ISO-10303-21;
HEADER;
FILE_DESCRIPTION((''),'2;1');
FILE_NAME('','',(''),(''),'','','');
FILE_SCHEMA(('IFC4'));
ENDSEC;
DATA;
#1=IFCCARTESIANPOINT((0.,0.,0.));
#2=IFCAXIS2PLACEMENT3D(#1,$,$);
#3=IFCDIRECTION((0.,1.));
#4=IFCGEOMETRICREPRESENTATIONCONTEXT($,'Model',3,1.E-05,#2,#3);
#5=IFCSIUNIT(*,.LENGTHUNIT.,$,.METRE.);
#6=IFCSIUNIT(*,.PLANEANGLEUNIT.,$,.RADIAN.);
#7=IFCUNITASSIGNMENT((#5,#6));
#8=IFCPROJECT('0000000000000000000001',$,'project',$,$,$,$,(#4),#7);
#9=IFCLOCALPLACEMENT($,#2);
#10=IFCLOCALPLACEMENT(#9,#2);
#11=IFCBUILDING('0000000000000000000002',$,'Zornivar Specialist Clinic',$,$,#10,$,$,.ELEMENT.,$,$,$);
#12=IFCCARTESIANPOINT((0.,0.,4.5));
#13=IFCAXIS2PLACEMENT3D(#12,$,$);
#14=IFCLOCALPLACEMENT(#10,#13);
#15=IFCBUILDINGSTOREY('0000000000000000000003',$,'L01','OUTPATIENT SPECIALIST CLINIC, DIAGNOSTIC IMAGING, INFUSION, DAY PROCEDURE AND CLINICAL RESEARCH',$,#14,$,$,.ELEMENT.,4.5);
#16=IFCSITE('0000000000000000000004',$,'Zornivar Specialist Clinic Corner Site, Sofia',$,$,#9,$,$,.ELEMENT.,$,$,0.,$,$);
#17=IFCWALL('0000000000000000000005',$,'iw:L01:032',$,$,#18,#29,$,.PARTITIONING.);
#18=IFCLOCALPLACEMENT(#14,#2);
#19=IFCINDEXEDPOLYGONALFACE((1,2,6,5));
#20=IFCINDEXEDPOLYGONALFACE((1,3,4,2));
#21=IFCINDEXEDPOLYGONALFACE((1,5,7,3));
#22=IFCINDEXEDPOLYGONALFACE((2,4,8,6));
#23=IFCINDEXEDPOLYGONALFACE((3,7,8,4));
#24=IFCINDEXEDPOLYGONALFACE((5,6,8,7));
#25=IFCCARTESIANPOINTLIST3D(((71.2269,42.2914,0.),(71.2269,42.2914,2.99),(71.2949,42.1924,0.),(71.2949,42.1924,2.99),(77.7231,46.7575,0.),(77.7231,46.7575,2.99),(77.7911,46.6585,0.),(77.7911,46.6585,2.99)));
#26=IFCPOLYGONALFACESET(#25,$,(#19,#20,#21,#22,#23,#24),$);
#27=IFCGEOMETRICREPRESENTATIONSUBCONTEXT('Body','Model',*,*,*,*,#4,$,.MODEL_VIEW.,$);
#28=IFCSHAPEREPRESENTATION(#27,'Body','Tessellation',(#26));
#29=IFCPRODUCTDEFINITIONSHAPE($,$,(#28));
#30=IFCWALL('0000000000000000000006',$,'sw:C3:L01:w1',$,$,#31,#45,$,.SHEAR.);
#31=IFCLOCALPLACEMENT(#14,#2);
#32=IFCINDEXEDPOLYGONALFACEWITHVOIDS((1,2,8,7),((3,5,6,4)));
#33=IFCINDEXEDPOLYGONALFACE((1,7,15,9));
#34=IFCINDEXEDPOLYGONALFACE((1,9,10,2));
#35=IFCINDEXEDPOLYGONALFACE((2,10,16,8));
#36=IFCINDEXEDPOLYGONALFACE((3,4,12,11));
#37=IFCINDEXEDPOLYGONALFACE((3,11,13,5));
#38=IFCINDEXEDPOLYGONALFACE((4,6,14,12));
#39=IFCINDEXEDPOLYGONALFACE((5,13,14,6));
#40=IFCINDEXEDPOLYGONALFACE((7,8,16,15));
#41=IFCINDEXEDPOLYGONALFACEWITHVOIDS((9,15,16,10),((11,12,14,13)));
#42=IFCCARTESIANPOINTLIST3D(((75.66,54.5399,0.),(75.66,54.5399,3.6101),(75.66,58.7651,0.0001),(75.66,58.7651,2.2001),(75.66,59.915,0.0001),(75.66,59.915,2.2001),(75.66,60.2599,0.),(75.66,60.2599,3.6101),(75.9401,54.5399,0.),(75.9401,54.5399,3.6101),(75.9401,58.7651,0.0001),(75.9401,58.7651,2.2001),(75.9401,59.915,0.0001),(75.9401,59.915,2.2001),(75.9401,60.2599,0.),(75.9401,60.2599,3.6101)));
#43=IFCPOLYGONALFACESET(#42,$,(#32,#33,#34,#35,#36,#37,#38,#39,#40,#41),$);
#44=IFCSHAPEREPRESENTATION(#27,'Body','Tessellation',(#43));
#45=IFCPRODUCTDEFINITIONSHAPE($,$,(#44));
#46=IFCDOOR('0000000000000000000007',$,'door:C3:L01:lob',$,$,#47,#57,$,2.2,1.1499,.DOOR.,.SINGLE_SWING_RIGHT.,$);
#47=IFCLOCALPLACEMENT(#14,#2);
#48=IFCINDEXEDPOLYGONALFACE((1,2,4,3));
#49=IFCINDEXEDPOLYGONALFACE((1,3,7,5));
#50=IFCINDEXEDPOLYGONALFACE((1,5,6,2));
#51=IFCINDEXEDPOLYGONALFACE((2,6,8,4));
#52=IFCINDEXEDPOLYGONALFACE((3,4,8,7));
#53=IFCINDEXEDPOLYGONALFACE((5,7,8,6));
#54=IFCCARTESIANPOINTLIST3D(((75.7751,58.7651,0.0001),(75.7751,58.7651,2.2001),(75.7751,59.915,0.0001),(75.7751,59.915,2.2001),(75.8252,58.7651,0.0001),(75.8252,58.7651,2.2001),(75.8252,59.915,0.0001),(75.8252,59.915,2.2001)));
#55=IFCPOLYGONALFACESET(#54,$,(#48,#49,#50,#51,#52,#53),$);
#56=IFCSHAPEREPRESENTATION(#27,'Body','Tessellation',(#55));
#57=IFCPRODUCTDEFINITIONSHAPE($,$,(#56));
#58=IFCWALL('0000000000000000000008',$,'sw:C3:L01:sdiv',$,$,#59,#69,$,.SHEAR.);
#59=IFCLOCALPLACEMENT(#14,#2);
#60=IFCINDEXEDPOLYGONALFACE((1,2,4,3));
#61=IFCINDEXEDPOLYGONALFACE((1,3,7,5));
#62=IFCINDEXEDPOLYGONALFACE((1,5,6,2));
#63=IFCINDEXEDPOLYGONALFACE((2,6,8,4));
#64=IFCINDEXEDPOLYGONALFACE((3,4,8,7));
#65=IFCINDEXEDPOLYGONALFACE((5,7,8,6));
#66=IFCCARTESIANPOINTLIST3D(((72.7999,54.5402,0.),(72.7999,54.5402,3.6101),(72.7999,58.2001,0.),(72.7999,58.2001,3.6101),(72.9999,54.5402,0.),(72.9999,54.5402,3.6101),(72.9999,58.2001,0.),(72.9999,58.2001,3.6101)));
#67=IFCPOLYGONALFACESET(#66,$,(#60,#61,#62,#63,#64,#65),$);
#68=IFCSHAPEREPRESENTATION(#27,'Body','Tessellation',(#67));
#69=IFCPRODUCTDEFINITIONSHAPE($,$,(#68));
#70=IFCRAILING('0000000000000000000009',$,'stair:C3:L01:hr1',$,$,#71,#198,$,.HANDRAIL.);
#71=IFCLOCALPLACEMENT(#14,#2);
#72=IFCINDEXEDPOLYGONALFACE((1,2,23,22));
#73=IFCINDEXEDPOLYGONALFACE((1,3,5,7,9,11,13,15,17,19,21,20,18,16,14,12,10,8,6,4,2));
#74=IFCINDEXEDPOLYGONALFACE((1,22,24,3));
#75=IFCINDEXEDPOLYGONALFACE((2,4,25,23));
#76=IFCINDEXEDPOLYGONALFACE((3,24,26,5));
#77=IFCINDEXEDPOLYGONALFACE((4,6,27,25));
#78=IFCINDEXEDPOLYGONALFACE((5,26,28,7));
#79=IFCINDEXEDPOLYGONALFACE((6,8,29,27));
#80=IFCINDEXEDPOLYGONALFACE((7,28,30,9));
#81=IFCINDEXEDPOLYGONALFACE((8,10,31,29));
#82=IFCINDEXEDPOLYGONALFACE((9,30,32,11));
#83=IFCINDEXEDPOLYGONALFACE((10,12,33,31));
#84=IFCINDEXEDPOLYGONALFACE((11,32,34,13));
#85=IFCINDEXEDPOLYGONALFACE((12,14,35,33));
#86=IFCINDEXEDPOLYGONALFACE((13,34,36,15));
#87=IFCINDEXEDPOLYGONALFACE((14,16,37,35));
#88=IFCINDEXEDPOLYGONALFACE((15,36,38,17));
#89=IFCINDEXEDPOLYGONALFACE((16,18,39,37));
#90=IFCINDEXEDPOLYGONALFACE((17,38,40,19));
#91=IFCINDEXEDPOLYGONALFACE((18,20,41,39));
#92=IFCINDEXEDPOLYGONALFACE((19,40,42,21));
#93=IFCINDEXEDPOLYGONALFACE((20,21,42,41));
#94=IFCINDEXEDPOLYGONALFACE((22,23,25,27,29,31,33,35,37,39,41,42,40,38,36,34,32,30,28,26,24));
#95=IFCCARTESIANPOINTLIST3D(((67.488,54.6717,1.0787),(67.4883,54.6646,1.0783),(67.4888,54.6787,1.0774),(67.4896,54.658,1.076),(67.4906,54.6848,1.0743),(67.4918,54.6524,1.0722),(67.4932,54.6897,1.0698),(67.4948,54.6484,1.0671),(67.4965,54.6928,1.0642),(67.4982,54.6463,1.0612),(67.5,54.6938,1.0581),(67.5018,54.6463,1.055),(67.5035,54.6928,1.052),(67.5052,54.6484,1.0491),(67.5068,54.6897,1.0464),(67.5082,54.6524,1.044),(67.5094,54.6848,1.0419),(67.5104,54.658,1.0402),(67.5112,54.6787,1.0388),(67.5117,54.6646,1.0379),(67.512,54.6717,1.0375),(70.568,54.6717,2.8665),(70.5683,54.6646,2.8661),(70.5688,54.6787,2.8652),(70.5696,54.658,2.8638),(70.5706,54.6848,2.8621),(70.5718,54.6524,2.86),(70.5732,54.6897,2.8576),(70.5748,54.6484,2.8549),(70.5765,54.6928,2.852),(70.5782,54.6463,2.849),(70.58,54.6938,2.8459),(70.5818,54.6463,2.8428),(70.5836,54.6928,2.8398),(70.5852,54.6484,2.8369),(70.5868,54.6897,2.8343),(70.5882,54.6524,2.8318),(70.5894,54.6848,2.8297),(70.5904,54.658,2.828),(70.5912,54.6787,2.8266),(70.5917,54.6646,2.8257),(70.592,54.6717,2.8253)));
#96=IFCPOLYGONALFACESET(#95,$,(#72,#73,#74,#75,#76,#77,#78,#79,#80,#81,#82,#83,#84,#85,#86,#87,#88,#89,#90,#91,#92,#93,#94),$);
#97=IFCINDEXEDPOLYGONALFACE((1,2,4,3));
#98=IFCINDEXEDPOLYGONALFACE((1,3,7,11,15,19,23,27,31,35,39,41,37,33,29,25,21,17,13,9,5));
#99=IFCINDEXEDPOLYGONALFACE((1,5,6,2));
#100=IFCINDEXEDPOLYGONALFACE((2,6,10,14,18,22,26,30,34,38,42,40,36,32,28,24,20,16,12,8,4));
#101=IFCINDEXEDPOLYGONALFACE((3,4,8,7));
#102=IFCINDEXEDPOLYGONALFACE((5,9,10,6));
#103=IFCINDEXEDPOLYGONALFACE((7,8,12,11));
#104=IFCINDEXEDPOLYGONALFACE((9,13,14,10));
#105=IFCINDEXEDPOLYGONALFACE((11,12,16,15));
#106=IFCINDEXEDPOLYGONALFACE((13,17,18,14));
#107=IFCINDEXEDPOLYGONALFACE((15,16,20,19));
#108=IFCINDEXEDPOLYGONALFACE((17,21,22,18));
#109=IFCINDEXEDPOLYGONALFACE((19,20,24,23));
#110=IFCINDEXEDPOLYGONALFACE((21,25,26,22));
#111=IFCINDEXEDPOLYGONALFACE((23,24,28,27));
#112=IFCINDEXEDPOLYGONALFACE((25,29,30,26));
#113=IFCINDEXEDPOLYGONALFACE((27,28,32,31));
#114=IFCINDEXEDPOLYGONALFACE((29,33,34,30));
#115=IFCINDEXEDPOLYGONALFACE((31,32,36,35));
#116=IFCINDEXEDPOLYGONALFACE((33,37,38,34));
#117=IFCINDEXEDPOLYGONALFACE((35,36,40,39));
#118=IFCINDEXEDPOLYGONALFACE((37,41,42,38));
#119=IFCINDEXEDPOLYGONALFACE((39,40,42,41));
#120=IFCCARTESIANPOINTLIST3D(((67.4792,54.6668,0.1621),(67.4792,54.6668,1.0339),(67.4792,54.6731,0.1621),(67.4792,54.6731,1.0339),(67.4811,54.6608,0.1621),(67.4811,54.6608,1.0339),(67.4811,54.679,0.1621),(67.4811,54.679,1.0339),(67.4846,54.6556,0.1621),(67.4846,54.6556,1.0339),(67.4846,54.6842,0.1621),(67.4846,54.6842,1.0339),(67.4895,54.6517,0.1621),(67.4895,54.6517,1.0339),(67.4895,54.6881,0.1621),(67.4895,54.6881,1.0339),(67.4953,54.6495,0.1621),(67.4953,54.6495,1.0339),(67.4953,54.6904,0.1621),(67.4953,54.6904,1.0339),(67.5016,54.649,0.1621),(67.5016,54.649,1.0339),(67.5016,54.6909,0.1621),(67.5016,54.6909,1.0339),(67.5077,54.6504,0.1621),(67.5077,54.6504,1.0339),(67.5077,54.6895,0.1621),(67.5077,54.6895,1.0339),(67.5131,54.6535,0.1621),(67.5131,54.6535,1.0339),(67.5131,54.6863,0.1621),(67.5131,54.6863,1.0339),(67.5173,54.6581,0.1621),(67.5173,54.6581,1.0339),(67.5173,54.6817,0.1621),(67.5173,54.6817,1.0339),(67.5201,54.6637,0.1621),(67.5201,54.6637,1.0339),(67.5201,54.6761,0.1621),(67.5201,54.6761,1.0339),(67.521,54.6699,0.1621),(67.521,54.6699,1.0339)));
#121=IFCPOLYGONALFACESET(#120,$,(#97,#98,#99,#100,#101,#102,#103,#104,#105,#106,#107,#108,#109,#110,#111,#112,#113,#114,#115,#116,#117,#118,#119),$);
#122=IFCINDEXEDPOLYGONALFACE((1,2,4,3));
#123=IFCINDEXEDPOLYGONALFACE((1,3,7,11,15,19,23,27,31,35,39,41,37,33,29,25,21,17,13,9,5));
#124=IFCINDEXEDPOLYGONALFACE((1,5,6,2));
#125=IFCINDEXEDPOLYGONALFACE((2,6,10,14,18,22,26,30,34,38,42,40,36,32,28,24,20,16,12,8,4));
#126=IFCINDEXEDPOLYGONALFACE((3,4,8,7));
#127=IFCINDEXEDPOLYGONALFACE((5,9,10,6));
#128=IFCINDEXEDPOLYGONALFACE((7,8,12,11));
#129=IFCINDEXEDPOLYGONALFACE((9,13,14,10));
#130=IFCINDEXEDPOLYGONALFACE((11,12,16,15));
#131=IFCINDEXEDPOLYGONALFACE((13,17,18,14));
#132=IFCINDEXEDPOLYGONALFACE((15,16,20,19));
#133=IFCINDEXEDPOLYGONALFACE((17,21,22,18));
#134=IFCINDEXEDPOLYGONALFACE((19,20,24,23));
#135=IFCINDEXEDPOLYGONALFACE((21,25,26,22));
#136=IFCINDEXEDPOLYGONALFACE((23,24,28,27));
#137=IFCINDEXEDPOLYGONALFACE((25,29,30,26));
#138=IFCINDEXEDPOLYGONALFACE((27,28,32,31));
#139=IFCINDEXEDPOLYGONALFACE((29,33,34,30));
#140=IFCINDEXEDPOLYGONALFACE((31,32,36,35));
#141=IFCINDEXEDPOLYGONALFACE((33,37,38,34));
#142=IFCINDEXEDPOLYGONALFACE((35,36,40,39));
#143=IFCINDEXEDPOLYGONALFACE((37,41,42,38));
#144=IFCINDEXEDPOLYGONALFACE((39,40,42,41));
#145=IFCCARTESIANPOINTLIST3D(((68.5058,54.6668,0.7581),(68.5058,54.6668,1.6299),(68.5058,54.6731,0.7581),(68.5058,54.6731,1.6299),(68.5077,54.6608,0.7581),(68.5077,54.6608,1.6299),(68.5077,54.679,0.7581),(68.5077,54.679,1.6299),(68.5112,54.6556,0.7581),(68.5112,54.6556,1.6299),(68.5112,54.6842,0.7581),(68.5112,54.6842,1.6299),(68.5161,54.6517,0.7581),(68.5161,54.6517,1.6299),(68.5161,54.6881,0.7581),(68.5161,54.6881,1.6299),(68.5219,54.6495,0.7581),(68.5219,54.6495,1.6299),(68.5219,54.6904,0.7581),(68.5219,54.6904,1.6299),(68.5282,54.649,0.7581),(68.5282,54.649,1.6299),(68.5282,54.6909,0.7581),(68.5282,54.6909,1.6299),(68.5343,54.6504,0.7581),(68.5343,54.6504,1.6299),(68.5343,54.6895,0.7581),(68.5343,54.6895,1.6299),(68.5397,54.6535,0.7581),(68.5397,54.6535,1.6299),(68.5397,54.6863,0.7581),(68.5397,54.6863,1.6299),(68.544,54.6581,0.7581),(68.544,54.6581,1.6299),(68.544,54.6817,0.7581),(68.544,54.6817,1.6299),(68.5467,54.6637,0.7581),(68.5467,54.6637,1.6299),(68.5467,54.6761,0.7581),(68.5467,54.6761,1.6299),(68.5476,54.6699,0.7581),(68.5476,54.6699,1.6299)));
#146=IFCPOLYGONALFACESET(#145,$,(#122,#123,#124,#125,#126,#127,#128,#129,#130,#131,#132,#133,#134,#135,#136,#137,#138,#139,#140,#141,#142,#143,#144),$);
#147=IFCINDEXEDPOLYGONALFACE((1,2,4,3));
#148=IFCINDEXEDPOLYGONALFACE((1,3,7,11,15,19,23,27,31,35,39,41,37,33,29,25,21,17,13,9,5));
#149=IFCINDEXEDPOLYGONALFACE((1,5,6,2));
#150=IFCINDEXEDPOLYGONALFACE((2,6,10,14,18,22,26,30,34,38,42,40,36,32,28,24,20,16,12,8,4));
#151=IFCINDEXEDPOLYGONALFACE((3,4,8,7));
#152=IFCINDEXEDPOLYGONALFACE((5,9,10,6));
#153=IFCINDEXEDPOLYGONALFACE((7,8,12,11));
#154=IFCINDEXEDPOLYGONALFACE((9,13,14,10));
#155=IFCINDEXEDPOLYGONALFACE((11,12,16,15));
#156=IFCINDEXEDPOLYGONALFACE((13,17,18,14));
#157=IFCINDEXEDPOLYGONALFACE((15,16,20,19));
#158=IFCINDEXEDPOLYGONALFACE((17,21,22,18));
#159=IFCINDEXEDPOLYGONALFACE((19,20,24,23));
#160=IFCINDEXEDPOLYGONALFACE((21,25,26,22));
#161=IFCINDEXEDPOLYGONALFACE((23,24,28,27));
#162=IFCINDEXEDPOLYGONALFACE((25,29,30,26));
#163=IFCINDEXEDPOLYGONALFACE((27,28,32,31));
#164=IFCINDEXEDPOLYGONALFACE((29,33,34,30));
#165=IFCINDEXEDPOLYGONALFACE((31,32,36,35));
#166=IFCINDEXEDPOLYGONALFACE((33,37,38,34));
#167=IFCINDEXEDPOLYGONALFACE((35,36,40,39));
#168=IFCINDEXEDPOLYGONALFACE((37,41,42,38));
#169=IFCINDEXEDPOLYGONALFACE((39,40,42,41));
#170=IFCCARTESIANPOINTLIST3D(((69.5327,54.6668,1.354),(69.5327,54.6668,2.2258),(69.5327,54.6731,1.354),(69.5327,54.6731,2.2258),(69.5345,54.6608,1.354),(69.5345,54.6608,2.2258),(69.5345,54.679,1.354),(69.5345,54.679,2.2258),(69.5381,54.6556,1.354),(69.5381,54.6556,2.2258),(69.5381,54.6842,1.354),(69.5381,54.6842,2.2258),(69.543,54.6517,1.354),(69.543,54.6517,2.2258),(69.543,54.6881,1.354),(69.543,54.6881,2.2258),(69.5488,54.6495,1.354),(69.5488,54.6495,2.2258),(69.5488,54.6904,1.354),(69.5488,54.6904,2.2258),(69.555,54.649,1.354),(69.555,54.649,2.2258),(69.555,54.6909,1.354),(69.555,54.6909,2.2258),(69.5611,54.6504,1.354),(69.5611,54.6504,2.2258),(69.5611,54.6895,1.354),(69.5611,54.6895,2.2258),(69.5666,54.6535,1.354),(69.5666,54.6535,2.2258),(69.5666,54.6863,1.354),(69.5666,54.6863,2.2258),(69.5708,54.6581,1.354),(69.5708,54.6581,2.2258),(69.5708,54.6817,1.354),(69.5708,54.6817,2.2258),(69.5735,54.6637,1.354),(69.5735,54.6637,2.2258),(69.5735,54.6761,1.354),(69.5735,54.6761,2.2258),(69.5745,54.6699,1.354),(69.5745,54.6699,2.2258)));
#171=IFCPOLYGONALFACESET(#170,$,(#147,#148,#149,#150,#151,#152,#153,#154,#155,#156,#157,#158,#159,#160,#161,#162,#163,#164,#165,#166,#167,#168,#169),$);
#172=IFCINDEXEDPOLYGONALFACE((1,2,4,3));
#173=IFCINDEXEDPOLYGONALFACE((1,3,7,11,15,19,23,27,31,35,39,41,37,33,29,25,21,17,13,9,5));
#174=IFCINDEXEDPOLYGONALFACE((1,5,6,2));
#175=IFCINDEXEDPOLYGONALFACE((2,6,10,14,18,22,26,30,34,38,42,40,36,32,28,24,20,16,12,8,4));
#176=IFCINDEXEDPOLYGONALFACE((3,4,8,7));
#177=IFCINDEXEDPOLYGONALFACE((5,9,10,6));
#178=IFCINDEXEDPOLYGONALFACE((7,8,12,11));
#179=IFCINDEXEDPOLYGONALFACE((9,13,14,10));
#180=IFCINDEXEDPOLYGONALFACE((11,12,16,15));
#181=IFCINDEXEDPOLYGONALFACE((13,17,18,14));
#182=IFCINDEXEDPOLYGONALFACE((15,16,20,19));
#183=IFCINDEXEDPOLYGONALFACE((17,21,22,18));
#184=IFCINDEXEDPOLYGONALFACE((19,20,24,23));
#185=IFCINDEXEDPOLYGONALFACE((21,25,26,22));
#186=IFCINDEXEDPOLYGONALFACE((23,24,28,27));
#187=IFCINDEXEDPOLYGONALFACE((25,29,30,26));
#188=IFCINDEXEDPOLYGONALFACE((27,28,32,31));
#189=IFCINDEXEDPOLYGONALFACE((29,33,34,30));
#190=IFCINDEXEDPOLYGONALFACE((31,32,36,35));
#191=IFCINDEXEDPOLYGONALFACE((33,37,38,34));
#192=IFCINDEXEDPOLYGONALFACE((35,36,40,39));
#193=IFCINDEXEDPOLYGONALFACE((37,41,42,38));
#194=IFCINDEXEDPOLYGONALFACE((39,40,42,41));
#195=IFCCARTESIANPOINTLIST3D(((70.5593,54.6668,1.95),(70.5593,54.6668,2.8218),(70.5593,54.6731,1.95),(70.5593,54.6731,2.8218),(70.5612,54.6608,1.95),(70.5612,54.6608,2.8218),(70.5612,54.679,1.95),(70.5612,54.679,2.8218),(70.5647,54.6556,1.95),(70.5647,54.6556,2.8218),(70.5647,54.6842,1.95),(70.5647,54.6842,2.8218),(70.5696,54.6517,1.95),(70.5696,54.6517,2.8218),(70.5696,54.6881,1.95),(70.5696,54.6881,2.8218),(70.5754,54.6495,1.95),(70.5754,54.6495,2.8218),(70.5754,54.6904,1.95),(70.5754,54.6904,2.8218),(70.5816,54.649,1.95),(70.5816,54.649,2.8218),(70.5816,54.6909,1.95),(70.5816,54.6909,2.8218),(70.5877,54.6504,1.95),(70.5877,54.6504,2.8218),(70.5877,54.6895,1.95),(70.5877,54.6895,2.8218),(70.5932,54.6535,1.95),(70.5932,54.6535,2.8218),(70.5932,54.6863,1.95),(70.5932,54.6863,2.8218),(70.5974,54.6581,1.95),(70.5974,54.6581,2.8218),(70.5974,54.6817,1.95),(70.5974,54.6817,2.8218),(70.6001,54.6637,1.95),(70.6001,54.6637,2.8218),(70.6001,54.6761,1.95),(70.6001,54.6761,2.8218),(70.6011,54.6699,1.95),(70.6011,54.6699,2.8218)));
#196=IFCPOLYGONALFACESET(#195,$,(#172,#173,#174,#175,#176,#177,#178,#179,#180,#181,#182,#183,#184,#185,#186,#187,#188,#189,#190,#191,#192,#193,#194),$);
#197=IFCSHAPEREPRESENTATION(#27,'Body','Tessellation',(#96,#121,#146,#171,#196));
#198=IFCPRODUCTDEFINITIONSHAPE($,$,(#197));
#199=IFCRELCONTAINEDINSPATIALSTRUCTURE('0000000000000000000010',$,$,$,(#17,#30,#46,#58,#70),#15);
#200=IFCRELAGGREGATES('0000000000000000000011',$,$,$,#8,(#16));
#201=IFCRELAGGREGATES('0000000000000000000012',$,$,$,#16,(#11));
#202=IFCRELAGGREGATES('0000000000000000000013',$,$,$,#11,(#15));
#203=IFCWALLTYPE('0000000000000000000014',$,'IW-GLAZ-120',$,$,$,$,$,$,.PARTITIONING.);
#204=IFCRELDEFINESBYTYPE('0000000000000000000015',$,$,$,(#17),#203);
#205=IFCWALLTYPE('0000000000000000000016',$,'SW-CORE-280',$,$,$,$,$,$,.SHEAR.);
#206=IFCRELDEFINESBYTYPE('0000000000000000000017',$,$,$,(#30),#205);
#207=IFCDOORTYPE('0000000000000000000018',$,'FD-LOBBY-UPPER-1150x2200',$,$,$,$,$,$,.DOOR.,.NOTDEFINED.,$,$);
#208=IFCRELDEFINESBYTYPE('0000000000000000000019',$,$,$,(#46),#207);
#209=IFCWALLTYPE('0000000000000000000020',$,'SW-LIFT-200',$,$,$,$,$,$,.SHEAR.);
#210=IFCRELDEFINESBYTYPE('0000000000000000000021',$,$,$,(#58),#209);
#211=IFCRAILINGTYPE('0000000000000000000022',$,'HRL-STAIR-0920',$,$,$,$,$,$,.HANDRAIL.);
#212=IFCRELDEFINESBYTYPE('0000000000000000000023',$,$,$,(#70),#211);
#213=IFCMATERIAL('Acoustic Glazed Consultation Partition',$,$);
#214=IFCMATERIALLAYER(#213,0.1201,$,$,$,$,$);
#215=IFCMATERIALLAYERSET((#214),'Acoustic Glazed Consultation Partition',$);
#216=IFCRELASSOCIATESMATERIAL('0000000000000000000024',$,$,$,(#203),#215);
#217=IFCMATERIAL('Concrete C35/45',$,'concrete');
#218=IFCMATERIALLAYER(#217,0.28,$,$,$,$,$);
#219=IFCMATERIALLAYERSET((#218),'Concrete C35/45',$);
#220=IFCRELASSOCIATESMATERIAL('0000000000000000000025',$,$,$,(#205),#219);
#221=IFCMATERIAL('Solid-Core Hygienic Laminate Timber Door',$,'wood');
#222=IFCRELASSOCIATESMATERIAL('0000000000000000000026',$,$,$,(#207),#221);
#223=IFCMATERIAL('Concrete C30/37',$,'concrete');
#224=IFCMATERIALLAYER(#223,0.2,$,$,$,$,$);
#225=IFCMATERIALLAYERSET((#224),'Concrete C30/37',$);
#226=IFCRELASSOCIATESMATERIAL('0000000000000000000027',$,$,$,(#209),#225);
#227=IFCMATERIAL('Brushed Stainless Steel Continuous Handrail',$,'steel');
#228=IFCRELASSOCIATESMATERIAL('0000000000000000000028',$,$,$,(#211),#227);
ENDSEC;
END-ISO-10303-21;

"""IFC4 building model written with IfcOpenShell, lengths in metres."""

from ifc_helpers import new_model, si_unit, direction, frame, frame_2d, origin, origin_2d, place, context, subcontext, project, spatial, rectangle, circle, extrude, material, layer, layer_set, type_object, element, fill, save


model = new_model("IFC4")

# Units and contexts
model_context = context("Model", 3, precision=1e-05, world=origin(), true_north=direction((0.0, 1.0)))
body_context = subcontext(model_context, "Body", "Model", "MODEL_VIEW")
ifc_project = project(units=[si_unit("LENGTHUNIT", "METRE"), si_unit("PLANEANGLEUNIT", "RADIAN")], contexts=[model_context])

# Site, building, storey
site_placement = place(None, origin())
site = spatial("IfcSite", under=ifc_project, at=site_placement, Name="Zornivar Specialist Clinic Corner Site, Sofia", CompositionType="ELEMENT", RefElevation=0.0)
building_placement = place(site_placement, origin())
building = spatial("IfcBuilding", under=site, at=building_placement, Name="Zornivar Specialist Clinic", CompositionType="ELEMENT")
storey_placement = place(building_placement, frame((0.0, 0.0, 4.5)))
storey = spatial("IfcBuildingStorey", under=building, at=storey_placement, Name="L01", Description="OUTPATIENT SPECIALIST CLINIC, DIAGNOSTIC IMAGING, INFUSION, DAY PROCEDURE AND CLINICAL RESEARCH", CompositionType="ELEMENT", Elevation=4.5)

# Wall
ifc_material_1 = material(Name="Acoustic Glazed Consultation Partition")
ifc_layer_1 = layer(ifc_material_1, 0.1201)
ifc_layer_set_1 = layer_set([ifc_layer_1], Name="Acoustic Glazed Consultation Partition")
wall_type_1 = type_object("IfcWallType", Name="IW-GLAZ-120", PredefinedType="PARTITIONING", material=ifc_layer_set_1)
wall_1_placement = place(storey_placement, frame((77.7571, 46.708, 0.0), z_axis=(0.0, 0.0, 1.0), x_axis=(-0.824042, -0.566529, 0.0)))
element("IfcWall", 1, at=wall_1_placement, inside=storey, type_object=wall_type_1, Name="iw:L01:032", PredefinedType="PARTITIONING", context=body_context, shape_type="SweptSolid", body=[
    extrude(rectangle(XDim=7.8833, YDim=0.1201, at=frame_2d((3.9417, 0.0))), origin(), (0.0, 0.0, 1.0), 2.99),
])

# Wall, opening, door
ifc_material_2 = material(Name="Concrete C35/45", Category="concrete")
ifc_layer_2 = layer(ifc_material_2, 0.28)
ifc_layer_set_2 = layer_set([ifc_layer_2], Name="Concrete C35/45")
wall_type_2 = type_object("IfcWallType", Name="SW-CORE-280", PredefinedType="SHEAR", material=ifc_layer_set_2)
wall_2_placement = place(storey_placement, frame((75.8, 54.54, 0.0), z_axis=(0.0, 0.0, 1.0), x_axis=(0.0, 1.0, 0.0)))
wall_2 = element("IfcWall", 2, at=wall_2_placement, inside=storey, type_object=wall_type_2, Name="sw:C3:L01:w1", PredefinedType="SHEAR", context=body_context, shape_type="SweptSolid", body=[
    extrude(rectangle(XDim=5.72, YDim=0.28, at=frame_2d((2.8599, 0.0))), origin(), (0.0, 0.0, 1.0), 3.6101),
])
opening_1_placement = place(wall_2_placement, frame((4.2251, 0.0, 0.0)))
opening_1 = element("IfcOpeningElement", 3, at=opening_1_placement, cuts=wall_2, PredefinedType="OPENING", context=body_context, shape_type="SweptSolid", body=[
    extrude(rectangle(XDim=1.1499, YDim=2.2, at=frame_2d((0.575, 1.1001))), frame((0.0, 0.1499, 0.0), z_axis=(0.0, -1.0, 0.0), x_axis=(1.0, 0.0, 0.0)), (0.0, 0.0, 1.0), 0.3),
])
ifc_material_3 = material(Name="Solid-Core Hygienic Laminate Timber Door", Category="wood")
door_type_1 = type_object("IfcDoorType", Name="FD-LOBBY-UPPER-1150x2200", OperationType="NOTDEFINED", PredefinedType="DOOR", material=ifc_material_3)
door_1_placement = place(opening_1_placement, origin())
door_1 = element("IfcDoor", 4, at=door_1_placement, inside=storey, type_object=door_type_1, Name="door:C3:L01:lob", OperationType="SINGLE_SWING_RIGHT", OverallHeight=2.2, OverallWidth=1.1499, PredefinedType="DOOR", context=body_context, shape_type="SweptSolid", body=[
    extrude(rectangle(XDim=1.1499, YDim=2.2, at=frame_2d((0.575, 1.1001))), frame((0.0, 0.0249, 0.0), z_axis=(0.0, -1.0, 0.0), x_axis=(1.0, 0.0, 0.0)), (0.0, 0.0, 1.0), 0.05),
])
fill(opening_1, door_1)

# Wall
ifc_material_4 = material(Name="Concrete C30/37", Category="concrete")
ifc_layer_3 = layer(ifc_material_4, 0.2)
ifc_layer_set_3 = layer_set([ifc_layer_3], Name="Concrete C30/37")
wall_type_3 = type_object("IfcWallType", Name="SW-LIFT-200", PredefinedType="SHEAR", material=ifc_layer_set_3)
wall_3_placement = place(storey_placement, frame((72.8999, 54.54, 0.0), z_axis=(0.0, 0.0, 1.0), x_axis=(0.0, 1.0, 0.0)))
element("IfcWall", 5, at=wall_3_placement, inside=storey, type_object=wall_type_3, Name="sw:C3:L01:sdiv", PredefinedType="SHEAR", context=body_context, shape_type="SweptSolid", body=[
    extrude(rectangle(XDim=3.6599, YDim=0.2, at=frame_2d((1.8301, 0.0))), origin(), (0.0, 0.0, 1.0), 3.6101),
])

# Railing
ifc_material_5 = material(Name="Brushed Stainless Steel Continuous Handrail", Category="steel")
railing_type = type_object("IfcRailingType", Name="HRL-STAIR-0920", PredefinedType="HANDRAIL", material=ifc_material_5)
railing_placement = place(storey_placement, frame((67.5, 54.6699, 0.1621)))
element("IfcRailing", 6, at=railing_placement, inside=storey, type_object=railing_type, Name="stair:C3:L01:hr1", PredefinedType="HANDRAIL", context=body_context, shape_type="SweptSolid", body=[
    extrude(circle(Radius=0.0239, at=origin_2d()), frame((0.0, 0.0, 0.896), z_axis=(0.864861, 0.0, 0.502011), x_axis=(0.0, 1.0, 0.0)), (0.0, 0.0, 1.0), 3.5613),
    extrude(circle(Radius=0.021, at=origin_2d()), origin(), (0.0, 0.0, 1.0), 0.8718),
    extrude(circle(Radius=0.021, at=origin_2d()), frame((1.0266, 0.0, 0.5959)), (0.0, 0.0, 1.0), 0.8718),
    extrude(circle(Radius=0.021, at=origin_2d()), frame((2.0535, 0.0, 1.1919)), (0.0, 0.0, 1.0), 0.8718),
    extrude(circle(Radius=0.021, at=origin_2d()), frame((3.0801, 0.0, 1.7878)), (0.0, 0.0, 1.0), 0.8718),
])

save(model, "model.ifc")
